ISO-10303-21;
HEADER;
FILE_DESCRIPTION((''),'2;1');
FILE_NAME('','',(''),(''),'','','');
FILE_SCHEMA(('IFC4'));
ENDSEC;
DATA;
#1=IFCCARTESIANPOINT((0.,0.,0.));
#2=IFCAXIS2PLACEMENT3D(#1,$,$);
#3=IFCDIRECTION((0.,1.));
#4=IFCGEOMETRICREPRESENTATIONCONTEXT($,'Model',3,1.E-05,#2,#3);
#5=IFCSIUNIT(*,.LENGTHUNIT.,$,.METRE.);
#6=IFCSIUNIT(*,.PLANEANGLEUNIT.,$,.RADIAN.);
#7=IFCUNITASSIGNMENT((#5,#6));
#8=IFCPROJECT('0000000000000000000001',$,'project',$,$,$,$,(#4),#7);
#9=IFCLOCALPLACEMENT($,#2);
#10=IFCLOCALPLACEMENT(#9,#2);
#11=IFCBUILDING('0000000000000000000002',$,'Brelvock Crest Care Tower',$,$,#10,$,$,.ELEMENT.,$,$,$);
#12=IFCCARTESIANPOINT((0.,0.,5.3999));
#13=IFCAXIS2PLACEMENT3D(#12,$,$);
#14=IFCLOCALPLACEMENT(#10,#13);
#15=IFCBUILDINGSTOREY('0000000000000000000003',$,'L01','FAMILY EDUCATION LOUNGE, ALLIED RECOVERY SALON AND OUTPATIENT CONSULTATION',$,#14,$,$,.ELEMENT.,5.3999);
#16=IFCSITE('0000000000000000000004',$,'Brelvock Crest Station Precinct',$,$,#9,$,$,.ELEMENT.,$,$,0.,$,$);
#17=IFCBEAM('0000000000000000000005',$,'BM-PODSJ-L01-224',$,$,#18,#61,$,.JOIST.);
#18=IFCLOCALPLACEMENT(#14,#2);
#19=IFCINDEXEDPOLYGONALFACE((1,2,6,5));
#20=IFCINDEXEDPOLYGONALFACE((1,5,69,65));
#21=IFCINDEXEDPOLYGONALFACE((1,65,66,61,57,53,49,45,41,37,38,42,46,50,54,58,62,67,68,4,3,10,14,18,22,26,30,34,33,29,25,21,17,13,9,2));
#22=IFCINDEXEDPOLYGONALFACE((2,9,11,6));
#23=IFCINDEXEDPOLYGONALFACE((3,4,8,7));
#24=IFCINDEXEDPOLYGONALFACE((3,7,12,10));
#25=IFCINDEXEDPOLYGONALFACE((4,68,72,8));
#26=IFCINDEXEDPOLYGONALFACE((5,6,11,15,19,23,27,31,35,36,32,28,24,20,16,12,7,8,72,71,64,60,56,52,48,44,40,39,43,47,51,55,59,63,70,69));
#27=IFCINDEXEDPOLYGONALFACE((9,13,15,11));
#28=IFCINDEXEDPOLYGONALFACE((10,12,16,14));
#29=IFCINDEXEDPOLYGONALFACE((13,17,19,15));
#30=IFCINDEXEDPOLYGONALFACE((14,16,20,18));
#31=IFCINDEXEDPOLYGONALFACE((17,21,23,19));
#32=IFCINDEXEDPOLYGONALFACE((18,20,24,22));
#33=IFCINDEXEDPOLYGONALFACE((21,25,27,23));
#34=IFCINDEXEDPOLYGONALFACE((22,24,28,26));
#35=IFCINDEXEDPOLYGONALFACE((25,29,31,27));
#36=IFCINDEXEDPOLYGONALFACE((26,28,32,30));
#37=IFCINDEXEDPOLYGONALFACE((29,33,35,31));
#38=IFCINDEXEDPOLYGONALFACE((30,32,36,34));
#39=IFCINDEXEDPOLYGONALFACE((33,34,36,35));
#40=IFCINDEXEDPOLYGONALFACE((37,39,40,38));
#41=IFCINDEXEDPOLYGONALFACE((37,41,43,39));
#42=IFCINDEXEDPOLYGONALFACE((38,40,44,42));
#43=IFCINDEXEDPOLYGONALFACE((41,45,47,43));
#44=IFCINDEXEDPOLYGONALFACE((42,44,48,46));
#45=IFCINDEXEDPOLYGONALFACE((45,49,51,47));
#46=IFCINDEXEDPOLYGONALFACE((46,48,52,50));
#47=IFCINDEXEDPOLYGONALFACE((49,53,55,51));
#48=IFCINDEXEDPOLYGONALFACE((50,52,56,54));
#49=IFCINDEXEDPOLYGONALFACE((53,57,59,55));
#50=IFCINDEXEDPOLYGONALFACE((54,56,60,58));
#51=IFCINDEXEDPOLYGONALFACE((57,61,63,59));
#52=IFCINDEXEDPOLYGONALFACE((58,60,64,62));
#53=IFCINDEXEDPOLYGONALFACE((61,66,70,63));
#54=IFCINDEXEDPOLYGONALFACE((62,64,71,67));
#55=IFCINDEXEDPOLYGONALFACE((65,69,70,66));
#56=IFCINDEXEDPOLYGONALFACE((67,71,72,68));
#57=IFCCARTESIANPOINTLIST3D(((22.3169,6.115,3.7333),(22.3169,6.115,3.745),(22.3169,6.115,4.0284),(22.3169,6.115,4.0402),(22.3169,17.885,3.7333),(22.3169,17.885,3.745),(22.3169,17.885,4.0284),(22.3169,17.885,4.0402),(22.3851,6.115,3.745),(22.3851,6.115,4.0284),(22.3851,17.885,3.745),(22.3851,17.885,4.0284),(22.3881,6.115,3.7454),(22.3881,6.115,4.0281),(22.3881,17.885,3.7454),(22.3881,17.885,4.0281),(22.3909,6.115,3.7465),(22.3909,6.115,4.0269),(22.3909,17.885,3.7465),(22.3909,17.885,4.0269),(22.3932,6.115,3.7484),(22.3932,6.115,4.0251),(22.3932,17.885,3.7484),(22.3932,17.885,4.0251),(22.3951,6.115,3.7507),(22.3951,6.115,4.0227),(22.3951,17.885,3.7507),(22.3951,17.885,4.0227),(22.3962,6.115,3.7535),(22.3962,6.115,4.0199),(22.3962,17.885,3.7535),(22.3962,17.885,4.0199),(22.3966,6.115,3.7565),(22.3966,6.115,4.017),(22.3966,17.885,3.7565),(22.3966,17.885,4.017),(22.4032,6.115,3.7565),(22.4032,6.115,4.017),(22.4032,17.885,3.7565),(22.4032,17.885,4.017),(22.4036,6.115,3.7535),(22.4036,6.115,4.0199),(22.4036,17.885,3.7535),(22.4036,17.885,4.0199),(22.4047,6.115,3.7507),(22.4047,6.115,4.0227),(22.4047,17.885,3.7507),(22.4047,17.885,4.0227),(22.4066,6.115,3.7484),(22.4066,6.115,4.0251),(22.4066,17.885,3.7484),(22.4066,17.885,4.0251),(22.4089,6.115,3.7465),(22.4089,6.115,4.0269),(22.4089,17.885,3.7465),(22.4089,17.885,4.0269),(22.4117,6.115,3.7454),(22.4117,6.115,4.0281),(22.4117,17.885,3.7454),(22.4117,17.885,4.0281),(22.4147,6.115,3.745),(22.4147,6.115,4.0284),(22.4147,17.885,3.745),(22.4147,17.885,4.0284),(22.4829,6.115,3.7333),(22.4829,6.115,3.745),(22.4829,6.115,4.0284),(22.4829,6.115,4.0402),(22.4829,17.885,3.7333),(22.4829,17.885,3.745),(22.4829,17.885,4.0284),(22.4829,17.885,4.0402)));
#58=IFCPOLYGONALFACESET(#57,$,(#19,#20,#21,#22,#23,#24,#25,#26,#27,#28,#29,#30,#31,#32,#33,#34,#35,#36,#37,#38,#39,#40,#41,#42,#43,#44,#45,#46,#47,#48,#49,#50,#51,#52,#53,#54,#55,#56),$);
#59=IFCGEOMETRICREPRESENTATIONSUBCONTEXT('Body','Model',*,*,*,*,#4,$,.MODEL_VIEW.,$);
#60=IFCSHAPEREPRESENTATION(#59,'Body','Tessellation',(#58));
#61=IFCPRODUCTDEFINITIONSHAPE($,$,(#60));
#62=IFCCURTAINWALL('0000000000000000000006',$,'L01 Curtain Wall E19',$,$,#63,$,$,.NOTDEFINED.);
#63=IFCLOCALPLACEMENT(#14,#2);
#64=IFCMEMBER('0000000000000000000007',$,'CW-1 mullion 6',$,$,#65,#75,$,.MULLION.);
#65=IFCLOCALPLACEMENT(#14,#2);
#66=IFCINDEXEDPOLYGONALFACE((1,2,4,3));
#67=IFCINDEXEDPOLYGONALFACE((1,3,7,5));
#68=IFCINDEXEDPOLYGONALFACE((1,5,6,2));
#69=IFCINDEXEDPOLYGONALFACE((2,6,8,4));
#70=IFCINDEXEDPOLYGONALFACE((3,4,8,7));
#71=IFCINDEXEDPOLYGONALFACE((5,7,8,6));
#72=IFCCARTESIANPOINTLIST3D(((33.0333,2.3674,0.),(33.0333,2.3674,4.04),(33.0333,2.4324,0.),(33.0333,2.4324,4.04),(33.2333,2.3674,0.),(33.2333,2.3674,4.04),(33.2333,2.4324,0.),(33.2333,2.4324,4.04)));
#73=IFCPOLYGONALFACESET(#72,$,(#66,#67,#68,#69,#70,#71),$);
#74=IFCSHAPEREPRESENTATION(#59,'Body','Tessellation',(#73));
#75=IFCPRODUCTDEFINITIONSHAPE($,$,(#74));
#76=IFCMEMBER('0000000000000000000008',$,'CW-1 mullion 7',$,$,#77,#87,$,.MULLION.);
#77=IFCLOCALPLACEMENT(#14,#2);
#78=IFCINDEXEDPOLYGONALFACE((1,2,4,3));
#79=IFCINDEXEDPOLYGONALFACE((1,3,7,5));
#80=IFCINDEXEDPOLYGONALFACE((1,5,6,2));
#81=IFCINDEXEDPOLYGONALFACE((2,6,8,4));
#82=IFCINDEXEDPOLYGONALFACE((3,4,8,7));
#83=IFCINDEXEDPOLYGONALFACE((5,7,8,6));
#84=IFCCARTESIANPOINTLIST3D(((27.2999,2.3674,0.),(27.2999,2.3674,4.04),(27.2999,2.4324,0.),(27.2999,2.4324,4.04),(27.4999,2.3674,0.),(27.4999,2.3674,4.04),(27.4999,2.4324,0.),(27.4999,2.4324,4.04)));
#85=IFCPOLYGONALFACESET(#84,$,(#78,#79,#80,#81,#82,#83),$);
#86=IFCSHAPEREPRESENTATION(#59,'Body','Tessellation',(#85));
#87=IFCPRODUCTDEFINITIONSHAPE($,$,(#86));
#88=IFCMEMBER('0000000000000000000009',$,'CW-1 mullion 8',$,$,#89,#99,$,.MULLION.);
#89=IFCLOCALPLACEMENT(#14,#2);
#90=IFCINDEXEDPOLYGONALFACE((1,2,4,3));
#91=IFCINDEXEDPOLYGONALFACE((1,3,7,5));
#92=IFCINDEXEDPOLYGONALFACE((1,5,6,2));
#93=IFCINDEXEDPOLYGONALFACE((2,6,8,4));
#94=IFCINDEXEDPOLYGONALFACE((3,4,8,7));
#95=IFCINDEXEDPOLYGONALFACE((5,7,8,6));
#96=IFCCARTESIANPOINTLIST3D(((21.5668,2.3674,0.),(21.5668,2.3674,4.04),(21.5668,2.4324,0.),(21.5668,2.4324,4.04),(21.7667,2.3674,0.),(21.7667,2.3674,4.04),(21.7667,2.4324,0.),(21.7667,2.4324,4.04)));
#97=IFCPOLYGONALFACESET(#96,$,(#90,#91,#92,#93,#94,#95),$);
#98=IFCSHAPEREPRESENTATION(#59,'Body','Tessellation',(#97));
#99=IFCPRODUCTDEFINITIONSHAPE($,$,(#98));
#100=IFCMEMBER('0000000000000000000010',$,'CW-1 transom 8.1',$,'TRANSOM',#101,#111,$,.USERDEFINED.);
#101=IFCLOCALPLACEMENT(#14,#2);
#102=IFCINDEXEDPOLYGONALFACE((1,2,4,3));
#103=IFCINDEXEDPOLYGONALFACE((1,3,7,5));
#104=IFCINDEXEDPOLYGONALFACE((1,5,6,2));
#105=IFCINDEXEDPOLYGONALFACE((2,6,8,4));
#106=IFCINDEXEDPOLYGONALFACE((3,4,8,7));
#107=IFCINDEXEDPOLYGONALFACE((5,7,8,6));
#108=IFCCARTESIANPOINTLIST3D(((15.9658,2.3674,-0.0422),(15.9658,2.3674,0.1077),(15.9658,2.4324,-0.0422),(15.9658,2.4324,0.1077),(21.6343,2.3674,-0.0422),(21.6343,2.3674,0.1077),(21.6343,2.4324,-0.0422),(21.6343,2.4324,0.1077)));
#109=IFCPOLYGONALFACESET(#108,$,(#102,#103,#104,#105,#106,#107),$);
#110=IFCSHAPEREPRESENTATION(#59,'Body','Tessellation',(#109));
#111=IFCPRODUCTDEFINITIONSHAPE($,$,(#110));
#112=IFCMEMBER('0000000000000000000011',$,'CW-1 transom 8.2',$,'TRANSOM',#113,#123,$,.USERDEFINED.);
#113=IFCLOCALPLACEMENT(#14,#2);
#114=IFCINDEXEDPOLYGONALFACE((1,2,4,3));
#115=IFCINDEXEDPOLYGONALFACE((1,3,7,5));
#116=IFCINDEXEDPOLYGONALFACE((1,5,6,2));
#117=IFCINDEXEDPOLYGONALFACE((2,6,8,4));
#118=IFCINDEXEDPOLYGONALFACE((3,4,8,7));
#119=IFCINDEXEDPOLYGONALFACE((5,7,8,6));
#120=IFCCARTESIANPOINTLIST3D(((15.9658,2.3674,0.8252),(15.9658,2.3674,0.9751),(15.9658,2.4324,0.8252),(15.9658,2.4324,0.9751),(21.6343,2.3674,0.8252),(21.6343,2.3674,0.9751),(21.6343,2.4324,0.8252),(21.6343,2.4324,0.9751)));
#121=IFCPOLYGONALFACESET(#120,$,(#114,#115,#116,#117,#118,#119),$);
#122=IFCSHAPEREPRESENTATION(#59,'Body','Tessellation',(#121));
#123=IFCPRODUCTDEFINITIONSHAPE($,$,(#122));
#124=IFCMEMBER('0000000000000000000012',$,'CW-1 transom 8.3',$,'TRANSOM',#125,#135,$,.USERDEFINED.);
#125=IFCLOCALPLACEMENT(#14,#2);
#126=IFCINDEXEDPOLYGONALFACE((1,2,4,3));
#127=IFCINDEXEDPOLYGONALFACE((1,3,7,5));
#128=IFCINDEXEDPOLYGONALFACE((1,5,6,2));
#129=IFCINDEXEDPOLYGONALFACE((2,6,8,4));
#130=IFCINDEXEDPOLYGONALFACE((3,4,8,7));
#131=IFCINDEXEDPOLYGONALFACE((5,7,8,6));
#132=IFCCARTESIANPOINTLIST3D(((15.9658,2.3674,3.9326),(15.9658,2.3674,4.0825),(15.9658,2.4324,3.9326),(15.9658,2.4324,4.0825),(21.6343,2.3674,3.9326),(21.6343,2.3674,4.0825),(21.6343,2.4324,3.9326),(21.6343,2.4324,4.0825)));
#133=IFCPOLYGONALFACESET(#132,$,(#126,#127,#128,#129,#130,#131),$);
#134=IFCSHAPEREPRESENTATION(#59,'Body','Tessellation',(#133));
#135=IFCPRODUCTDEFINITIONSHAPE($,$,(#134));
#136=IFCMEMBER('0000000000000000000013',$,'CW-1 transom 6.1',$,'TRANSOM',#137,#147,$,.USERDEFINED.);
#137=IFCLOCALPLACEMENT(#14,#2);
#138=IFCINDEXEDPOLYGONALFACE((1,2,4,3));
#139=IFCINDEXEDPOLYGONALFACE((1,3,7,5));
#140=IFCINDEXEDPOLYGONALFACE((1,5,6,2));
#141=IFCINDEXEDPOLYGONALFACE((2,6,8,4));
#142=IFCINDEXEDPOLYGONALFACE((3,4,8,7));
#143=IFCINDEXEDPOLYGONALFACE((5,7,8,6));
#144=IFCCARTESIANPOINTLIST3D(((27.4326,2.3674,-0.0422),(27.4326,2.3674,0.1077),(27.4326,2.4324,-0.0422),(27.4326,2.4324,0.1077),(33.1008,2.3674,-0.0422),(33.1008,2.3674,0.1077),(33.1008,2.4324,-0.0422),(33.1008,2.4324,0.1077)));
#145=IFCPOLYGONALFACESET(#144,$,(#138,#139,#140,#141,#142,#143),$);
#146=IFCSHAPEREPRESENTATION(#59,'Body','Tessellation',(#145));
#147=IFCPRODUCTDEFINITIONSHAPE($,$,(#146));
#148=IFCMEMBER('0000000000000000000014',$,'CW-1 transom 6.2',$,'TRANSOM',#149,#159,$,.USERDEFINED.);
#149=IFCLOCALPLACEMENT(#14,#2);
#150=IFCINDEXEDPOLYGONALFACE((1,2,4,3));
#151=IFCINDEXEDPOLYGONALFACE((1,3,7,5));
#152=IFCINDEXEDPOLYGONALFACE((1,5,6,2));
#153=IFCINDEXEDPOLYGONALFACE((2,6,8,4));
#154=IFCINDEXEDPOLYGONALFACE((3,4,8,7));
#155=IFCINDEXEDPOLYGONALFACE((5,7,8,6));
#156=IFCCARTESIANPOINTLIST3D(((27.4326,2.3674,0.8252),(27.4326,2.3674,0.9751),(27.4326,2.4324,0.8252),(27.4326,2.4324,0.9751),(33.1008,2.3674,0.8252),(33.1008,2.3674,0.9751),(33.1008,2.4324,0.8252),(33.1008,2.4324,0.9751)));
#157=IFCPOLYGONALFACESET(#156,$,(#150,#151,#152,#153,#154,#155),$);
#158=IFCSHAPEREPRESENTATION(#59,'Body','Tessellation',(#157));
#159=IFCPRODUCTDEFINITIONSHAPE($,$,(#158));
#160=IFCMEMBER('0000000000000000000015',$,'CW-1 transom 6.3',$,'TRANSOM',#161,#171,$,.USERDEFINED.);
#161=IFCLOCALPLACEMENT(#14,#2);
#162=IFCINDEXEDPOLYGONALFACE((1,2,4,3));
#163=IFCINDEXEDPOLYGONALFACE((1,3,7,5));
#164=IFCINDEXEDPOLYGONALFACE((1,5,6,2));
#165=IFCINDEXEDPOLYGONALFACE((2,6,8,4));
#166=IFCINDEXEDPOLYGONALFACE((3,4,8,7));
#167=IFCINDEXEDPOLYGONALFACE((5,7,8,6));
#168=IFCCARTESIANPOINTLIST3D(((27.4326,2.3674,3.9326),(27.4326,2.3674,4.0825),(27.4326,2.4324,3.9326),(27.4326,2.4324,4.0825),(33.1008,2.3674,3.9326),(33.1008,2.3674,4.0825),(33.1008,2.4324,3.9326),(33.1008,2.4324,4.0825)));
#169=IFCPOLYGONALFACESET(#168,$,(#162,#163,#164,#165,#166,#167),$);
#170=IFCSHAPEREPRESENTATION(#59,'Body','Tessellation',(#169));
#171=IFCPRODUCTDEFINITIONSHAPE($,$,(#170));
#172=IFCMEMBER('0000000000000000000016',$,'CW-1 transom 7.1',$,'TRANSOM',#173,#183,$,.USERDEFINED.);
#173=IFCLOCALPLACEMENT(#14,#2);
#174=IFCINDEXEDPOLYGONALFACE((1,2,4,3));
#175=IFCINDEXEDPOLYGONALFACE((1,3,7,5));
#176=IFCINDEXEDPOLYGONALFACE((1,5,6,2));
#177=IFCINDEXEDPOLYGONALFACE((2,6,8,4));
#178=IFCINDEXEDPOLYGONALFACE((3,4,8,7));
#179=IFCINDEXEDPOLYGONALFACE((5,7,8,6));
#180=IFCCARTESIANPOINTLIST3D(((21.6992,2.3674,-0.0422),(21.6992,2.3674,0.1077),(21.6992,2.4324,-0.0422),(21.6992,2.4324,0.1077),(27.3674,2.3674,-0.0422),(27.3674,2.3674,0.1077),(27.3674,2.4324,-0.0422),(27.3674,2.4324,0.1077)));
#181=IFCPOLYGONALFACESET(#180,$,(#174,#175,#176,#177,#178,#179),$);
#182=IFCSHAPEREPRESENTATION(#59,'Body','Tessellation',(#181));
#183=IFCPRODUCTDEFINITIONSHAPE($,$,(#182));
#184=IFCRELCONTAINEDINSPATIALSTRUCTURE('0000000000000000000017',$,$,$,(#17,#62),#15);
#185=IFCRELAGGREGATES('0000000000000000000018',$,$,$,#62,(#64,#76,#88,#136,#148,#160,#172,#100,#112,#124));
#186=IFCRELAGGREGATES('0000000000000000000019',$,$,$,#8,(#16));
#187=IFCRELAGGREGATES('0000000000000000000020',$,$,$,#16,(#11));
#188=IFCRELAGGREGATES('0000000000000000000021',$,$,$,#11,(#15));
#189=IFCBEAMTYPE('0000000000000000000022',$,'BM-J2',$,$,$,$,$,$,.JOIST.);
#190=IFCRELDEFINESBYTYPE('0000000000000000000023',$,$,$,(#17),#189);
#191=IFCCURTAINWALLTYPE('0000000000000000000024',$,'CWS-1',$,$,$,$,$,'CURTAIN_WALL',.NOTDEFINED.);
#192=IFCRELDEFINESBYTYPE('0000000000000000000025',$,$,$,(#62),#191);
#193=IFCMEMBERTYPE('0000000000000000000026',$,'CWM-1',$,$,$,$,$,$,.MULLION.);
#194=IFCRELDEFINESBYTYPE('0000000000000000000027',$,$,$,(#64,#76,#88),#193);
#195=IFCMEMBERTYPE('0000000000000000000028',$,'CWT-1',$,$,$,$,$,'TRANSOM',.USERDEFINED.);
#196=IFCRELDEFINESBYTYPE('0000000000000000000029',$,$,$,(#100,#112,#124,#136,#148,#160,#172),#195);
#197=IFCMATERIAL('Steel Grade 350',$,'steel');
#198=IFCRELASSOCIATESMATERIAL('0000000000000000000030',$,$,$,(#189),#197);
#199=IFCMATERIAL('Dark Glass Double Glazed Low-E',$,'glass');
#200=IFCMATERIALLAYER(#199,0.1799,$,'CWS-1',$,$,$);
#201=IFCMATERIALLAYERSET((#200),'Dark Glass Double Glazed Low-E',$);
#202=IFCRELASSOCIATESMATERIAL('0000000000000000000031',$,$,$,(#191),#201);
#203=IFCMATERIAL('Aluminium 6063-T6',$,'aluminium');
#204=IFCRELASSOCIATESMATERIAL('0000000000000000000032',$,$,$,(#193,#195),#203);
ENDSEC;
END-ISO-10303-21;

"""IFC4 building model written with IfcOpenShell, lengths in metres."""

from ifc_helpers import new_model, si_unit, direction, frame, origin, origin_2d, place, context, subcontext, project, spatial, rectangle, i_section, extrude, source, transform, mapped, material, layer, layer_set, material_profile, profile_set, type_object, element, aggregate, save


model = new_model("IFC4")

# Units and contexts
model_context = context("Model", 3, precision=1e-05, world=origin(), true_north=direction((0.0, 1.0)))
body_context = subcontext(model_context, "Body", "Model", "MODEL_VIEW")
ifc_project = project(units=[si_unit("LENGTHUNIT", "METRE"), si_unit("PLANEANGLEUNIT", "RADIAN")], contexts=[model_context])

# Site, building, storey
site_placement = place(None, origin())
site = spatial("IfcSite", under=ifc_project, at=site_placement, Name="Brelvock Crest Station Precinct", CompositionType="ELEMENT", RefElevation=0.0)
building_placement = place(site_placement, origin())
building = spatial("IfcBuilding", under=site, at=building_placement, Name="Brelvock Crest Care Tower", CompositionType="ELEMENT")
storey_placement = place(building_placement, frame((0.0, 0.0, 5.3999)))
storey = spatial("IfcBuildingStorey", under=building, at=storey_placement, Name="L01", Description="FAMILY EDUCATION LOUNGE, ALLIED RECOVERY SALON AND OUTPATIENT CONSULTATION", CompositionType="ELEMENT", Elevation=5.3999)

# Beam
ifc_material_1 = material(Name="Steel Grade 350", Category="steel")
ifc_material_profile_1 = material_profile(ifc_material_1, i_section(OverallWidth=0.166, OverallDepth=0.3069, WebThickness=0.0066, FlangeThickness=0.0117, FilletRadius=0.0115, at=origin_2d()), Name="310UB46.2")
ifc_profile_set_1 = profile_set([ifc_material_profile_1], Name="Steel Grade 350")
beam_type_1 = type_object("IfcBeamType", Name="BM-J2", PredefinedType="JOIST", material=ifc_profile_set_1)
shared_shape_1 = source(origin(), body_context, "Body", "SweptSolid", [
    extrude(i_section(OverallWidth=0.166, OverallDepth=0.3069, WebThickness=0.0066, FlangeThickness=0.0117, FilletRadius=0.0115, at=origin_2d()), origin(), (0.0, 0.0, 1.0), 11.77),
])
for number, where, z_axis, x_axis, name in (
    (1, (22.3999, 6.115, 3.8867), (0.0, 1.0, 0.0), (-1.0, 0.0, 0.0), "BM-PODSJ-L01-224"),
):
    element("IfcBeam", number, at=place(storey_placement, frame(where, z_axis=z_axis, x_axis=x_axis)), inside=storey, type_object=beam_type_1, Name=name, PredefinedType="JOIST", context=body_context, shape_type="MappedRepresentation", body=[
        mapped(shared_shape_1, transform((0.0, 0.0, 0.0), x_axis=(1.0, 0.0, 0.0), y_axis=(0.0, 1.0, 0.0), z_axis=(0.0, 0.0, 1.0), scale=1.0)),
    ])

# Curtain wall, members
ifc_material_2 = material(Name="Dark Glass Double Glazed Low-E", Category="glass")
ifc_layer_1 = layer(ifc_material_2, 0.1799, Name="CWS-1")
ifc_layer_set_1 = layer_set([ifc_layer_1], Name="Dark Glass Double Glazed Low-E")
curtain_wall_type = type_object("IfcCurtainWallType", Name="CWS-1", ElementType="CURTAIN_WALL", PredefinedType="NOTDEFINED", material=ifc_layer_set_1)
curtain_wall_placement = place(storey_placement, origin())
curtain_wall = element("IfcCurtainWall", 2, at=curtain_wall_placement, inside=storey, type_object=curtain_wall_type, Name="L01 Curtain Wall E19", PredefinedType="NOTDEFINED")
ifc_material_3 = material(Name="Aluminium 6063-T6", Category="aluminium")
ifc_material_profile_2 = material_profile(ifc_material_3, rectangle(XDim=0.0649, YDim=0.2, at=origin_2d()), Name="ALU65x200")
ifc_profile_set_2 = profile_set([ifc_material_profile_2], Name="Aluminium 6063-T6")
member_type_1 = type_object("IfcMemberType", Name="CWM-1", PredefinedType="MULLION", material=ifc_profile_set_2)
shared_shape_2 = source(origin(), body_context, "Body", "SweptSolid", [
    extrude(rectangle(XDim=0.0649, YDim=0.2, at=origin_2d()), origin(), (0.0, 0.0, 1.0), 4.04),
])
member_1_placement = place(storey_placement, frame((33.1333, 2.3999, 0.0), z_axis=(0.0, 0.0, 1.0), x_axis=(0.0, -1.0, 0.0)))
member_1 = element("IfcMember", 3, at=member_1_placement, type_object=member_type_1, Name="CW-1 mullion 6", PredefinedType="MULLION", context=body_context, shape_type="MappedRepresentation", body=[
    mapped(shared_shape_2, transform((0.0, 0.0, 0.0), x_axis=(1.0, 0.0, 0.0), y_axis=(0.0, 1.0, 0.0), z_axis=(0.0, 0.0, 1.0), scale=1.0)),
])
member_2_placement = place(storey_placement, frame((27.3999, 2.3999, 0.0), z_axis=(0.0, 0.0, 1.0), x_axis=(0.0, -1.0, 0.0)))
member_2 = element("IfcMember", 4, at=member_2_placement, type_object=member_type_1, Name="CW-1 mullion 7", PredefinedType="MULLION", context=body_context, shape_type="MappedRepresentation", body=[
    mapped(shared_shape_2, transform((0.0, 0.0, 0.0), x_axis=(1.0, 0.0, 0.0), y_axis=(0.0, 1.0, 0.0), z_axis=(0.0, 0.0, 1.0), scale=1.0)),
])
member_3_placement = place(storey_placement, frame((21.6667, 2.3999, 0.0), z_axis=(0.0, 0.0, 1.0), x_axis=(0.0, -1.0, 0.0)))
member_3 = element("IfcMember", 5, at=member_3_placement, type_object=member_type_1, Name="CW-1 mullion 8", PredefinedType="MULLION", context=body_context, shape_type="MappedRepresentation", body=[
    mapped(shared_shape_2, transform((0.0, 0.0, 0.0), x_axis=(1.0, 0.0, 0.0), y_axis=(0.0, 1.0, 0.0), z_axis=(0.0, 0.0, 1.0), scale=1.0)),
])
ifc_material_profile_3 = material_profile(ifc_material_3, rectangle(XDim=0.0649, YDim=0.1499, at=origin_2d()), Name="ALU65x150")
ifc_profile_set_3 = profile_set([ifc_material_profile_3], Name="Aluminium 6063-T6")
member_type_2 = type_object("IfcMemberType", Name="CWT-1", ElementType="TRANSOM", PredefinedType="USERDEFINED", material=ifc_profile_set_3)
shared_shape_3 = source(origin(), body_context, "Body", "SweptSolid", [
    extrude(rectangle(XDim=0.0649, YDim=0.1499, at=origin_2d()), origin(), (0.0, 0.0, 1.0), 5.6685),
])
member_4_placement = place(storey_placement, frame((21.6343, 2.3999, 0.0327), z_axis=(-1.0, 0.0, 0.0), x_axis=(0.0, -1.0, 0.0)))
member_4 = element("IfcMember", 6, at=member_4_placement, type_object=member_type_2, Name="CW-1 transom 8.1", ObjectType="TRANSOM", PredefinedType="USERDEFINED", context=body_context, shape_type="MappedRepresentation", body=[
    mapped(shared_shape_3, transform((0.0, 0.0, 0.0), x_axis=(1.0, 0.0, 0.0), y_axis=(0.0, 1.0, 0.0), z_axis=(0.0, 0.0, 1.0), scale=1.0)),
])
member_5_placement = place(storey_placement, frame((21.6343, 2.3999, 0.9001), z_axis=(-1.0, 0.0, 0.0), x_axis=(0.0, -1.0, 0.0)))
member_5 = element("IfcMember", 7, at=member_5_placement, type_object=member_type_2, Name="CW-1 transom 8.2", ObjectType="TRANSOM", PredefinedType="USERDEFINED", context=body_context, shape_type="MappedRepresentation", body=[
    mapped(shared_shape_3, transform((0.0, 0.0, 0.0), x_axis=(1.0, 0.0, 0.0), y_axis=(0.0, 1.0, 0.0), z_axis=(0.0, 0.0, 1.0), scale=1.0)),
])
member_6_placement = place(storey_placement, frame((21.6343, 2.3999, 4.0076), z_axis=(-1.0, 0.0, 0.0), x_axis=(0.0, -1.0, 0.0)))
member_6 = element("IfcMember", 8, at=member_6_placement, type_object=member_type_2, Name="CW-1 transom 8.3", ObjectType="TRANSOM", PredefinedType="USERDEFINED", context=body_context, shape_type="MappedRepresentation", body=[
    mapped(shared_shape_3, transform((0.0, 0.0, 0.0), x_axis=(1.0, 0.0, 0.0), y_axis=(0.0, 1.0, 0.0), z_axis=(0.0, 0.0, 1.0), scale=1.0)),
])
shared_shape_4 = source(origin(), body_context, "Body", "SweptSolid", [
    extrude(rectangle(XDim=0.0649, YDim=0.1499, at=origin_2d()), origin(), (0.0, 0.0, 1.0), 5.6682),
])
member_7_placement = place(storey_placement, frame((33.1008, 2.3999, 0.0327), z_axis=(-1.0, 0.0, 0.0), x_axis=(0.0, -1.0, 0.0)))
member_7 = element("IfcMember", 9, at=member_7_placement, type_object=member_type_2, Name="CW-1 transom 6.1", ObjectType="TRANSOM", PredefinedType="USERDEFINED", context=body_context, shape_type="MappedRepresentation", body=[
    mapped(shared_shape_4, transform((0.0, 0.0, 0.0), x_axis=(1.0, 0.0, 0.0), y_axis=(0.0, 1.0, 0.0), z_axis=(0.0, 0.0, 1.0), scale=1.0)),
])
member_8_placement = place(storey_placement, frame((33.1008, 2.3999, 0.9001), z_axis=(-1.0, 0.0, 0.0), x_axis=(0.0, -1.0, 0.0)))
member_8 = element("IfcMember", 10, at=member_8_placement, type_object=member_type_2, Name="CW-1 transom 6.2", ObjectType="TRANSOM", PredefinedType="USERDEFINED", context=body_context, shape_type="MappedRepresentation", body=[
    mapped(shared_shape_4, transform((0.0, 0.0, 0.0), x_axis=(1.0, 0.0, 0.0), y_axis=(0.0, 1.0, 0.0), z_axis=(0.0, 0.0, 1.0), scale=1.0)),
])
member_9_placement = place(storey_placement, frame((33.1008, 2.3999, 4.0076), z_axis=(-1.0, 0.0, 0.0), x_axis=(0.0, -1.0, 0.0)))
member_9 = element("IfcMember", 11, at=member_9_placement, type_object=member_type_2, Name="CW-1 transom 6.3", ObjectType="TRANSOM", PredefinedType="USERDEFINED", context=body_context, shape_type="MappedRepresentation", body=[
    mapped(shared_shape_4, transform((0.0, 0.0, 0.0), x_axis=(1.0, 0.0, 0.0), y_axis=(0.0, 1.0, 0.0), z_axis=(0.0, 0.0, 1.0), scale=1.0)),
])
member_10_placement = place(storey_placement, frame((27.3674, 2.3999, 0.0327), z_axis=(-1.0, 0.0, 0.0), x_axis=(0.0, -1.0, 0.0)))
member_10 = element("IfcMember", 12, at=member_10_placement, type_object=member_type_2, Name="CW-1 transom 7.1", ObjectType="TRANSOM", PredefinedType="USERDEFINED", context=body_context, shape_type="MappedRepresentation", body=[
    mapped(shared_shape_4, transform((0.0, 0.0, 0.0), x_axis=(1.0, 0.0, 0.0), y_axis=(0.0, 1.0, 0.0), z_axis=(0.0, 0.0, 1.0), scale=1.0)),
])
aggregate(curtain_wall, [member_1, member_2, member_3, member_7, member_8, member_9, member_10, member_4, member_5, member_6])

save(model, "model.ifc")
